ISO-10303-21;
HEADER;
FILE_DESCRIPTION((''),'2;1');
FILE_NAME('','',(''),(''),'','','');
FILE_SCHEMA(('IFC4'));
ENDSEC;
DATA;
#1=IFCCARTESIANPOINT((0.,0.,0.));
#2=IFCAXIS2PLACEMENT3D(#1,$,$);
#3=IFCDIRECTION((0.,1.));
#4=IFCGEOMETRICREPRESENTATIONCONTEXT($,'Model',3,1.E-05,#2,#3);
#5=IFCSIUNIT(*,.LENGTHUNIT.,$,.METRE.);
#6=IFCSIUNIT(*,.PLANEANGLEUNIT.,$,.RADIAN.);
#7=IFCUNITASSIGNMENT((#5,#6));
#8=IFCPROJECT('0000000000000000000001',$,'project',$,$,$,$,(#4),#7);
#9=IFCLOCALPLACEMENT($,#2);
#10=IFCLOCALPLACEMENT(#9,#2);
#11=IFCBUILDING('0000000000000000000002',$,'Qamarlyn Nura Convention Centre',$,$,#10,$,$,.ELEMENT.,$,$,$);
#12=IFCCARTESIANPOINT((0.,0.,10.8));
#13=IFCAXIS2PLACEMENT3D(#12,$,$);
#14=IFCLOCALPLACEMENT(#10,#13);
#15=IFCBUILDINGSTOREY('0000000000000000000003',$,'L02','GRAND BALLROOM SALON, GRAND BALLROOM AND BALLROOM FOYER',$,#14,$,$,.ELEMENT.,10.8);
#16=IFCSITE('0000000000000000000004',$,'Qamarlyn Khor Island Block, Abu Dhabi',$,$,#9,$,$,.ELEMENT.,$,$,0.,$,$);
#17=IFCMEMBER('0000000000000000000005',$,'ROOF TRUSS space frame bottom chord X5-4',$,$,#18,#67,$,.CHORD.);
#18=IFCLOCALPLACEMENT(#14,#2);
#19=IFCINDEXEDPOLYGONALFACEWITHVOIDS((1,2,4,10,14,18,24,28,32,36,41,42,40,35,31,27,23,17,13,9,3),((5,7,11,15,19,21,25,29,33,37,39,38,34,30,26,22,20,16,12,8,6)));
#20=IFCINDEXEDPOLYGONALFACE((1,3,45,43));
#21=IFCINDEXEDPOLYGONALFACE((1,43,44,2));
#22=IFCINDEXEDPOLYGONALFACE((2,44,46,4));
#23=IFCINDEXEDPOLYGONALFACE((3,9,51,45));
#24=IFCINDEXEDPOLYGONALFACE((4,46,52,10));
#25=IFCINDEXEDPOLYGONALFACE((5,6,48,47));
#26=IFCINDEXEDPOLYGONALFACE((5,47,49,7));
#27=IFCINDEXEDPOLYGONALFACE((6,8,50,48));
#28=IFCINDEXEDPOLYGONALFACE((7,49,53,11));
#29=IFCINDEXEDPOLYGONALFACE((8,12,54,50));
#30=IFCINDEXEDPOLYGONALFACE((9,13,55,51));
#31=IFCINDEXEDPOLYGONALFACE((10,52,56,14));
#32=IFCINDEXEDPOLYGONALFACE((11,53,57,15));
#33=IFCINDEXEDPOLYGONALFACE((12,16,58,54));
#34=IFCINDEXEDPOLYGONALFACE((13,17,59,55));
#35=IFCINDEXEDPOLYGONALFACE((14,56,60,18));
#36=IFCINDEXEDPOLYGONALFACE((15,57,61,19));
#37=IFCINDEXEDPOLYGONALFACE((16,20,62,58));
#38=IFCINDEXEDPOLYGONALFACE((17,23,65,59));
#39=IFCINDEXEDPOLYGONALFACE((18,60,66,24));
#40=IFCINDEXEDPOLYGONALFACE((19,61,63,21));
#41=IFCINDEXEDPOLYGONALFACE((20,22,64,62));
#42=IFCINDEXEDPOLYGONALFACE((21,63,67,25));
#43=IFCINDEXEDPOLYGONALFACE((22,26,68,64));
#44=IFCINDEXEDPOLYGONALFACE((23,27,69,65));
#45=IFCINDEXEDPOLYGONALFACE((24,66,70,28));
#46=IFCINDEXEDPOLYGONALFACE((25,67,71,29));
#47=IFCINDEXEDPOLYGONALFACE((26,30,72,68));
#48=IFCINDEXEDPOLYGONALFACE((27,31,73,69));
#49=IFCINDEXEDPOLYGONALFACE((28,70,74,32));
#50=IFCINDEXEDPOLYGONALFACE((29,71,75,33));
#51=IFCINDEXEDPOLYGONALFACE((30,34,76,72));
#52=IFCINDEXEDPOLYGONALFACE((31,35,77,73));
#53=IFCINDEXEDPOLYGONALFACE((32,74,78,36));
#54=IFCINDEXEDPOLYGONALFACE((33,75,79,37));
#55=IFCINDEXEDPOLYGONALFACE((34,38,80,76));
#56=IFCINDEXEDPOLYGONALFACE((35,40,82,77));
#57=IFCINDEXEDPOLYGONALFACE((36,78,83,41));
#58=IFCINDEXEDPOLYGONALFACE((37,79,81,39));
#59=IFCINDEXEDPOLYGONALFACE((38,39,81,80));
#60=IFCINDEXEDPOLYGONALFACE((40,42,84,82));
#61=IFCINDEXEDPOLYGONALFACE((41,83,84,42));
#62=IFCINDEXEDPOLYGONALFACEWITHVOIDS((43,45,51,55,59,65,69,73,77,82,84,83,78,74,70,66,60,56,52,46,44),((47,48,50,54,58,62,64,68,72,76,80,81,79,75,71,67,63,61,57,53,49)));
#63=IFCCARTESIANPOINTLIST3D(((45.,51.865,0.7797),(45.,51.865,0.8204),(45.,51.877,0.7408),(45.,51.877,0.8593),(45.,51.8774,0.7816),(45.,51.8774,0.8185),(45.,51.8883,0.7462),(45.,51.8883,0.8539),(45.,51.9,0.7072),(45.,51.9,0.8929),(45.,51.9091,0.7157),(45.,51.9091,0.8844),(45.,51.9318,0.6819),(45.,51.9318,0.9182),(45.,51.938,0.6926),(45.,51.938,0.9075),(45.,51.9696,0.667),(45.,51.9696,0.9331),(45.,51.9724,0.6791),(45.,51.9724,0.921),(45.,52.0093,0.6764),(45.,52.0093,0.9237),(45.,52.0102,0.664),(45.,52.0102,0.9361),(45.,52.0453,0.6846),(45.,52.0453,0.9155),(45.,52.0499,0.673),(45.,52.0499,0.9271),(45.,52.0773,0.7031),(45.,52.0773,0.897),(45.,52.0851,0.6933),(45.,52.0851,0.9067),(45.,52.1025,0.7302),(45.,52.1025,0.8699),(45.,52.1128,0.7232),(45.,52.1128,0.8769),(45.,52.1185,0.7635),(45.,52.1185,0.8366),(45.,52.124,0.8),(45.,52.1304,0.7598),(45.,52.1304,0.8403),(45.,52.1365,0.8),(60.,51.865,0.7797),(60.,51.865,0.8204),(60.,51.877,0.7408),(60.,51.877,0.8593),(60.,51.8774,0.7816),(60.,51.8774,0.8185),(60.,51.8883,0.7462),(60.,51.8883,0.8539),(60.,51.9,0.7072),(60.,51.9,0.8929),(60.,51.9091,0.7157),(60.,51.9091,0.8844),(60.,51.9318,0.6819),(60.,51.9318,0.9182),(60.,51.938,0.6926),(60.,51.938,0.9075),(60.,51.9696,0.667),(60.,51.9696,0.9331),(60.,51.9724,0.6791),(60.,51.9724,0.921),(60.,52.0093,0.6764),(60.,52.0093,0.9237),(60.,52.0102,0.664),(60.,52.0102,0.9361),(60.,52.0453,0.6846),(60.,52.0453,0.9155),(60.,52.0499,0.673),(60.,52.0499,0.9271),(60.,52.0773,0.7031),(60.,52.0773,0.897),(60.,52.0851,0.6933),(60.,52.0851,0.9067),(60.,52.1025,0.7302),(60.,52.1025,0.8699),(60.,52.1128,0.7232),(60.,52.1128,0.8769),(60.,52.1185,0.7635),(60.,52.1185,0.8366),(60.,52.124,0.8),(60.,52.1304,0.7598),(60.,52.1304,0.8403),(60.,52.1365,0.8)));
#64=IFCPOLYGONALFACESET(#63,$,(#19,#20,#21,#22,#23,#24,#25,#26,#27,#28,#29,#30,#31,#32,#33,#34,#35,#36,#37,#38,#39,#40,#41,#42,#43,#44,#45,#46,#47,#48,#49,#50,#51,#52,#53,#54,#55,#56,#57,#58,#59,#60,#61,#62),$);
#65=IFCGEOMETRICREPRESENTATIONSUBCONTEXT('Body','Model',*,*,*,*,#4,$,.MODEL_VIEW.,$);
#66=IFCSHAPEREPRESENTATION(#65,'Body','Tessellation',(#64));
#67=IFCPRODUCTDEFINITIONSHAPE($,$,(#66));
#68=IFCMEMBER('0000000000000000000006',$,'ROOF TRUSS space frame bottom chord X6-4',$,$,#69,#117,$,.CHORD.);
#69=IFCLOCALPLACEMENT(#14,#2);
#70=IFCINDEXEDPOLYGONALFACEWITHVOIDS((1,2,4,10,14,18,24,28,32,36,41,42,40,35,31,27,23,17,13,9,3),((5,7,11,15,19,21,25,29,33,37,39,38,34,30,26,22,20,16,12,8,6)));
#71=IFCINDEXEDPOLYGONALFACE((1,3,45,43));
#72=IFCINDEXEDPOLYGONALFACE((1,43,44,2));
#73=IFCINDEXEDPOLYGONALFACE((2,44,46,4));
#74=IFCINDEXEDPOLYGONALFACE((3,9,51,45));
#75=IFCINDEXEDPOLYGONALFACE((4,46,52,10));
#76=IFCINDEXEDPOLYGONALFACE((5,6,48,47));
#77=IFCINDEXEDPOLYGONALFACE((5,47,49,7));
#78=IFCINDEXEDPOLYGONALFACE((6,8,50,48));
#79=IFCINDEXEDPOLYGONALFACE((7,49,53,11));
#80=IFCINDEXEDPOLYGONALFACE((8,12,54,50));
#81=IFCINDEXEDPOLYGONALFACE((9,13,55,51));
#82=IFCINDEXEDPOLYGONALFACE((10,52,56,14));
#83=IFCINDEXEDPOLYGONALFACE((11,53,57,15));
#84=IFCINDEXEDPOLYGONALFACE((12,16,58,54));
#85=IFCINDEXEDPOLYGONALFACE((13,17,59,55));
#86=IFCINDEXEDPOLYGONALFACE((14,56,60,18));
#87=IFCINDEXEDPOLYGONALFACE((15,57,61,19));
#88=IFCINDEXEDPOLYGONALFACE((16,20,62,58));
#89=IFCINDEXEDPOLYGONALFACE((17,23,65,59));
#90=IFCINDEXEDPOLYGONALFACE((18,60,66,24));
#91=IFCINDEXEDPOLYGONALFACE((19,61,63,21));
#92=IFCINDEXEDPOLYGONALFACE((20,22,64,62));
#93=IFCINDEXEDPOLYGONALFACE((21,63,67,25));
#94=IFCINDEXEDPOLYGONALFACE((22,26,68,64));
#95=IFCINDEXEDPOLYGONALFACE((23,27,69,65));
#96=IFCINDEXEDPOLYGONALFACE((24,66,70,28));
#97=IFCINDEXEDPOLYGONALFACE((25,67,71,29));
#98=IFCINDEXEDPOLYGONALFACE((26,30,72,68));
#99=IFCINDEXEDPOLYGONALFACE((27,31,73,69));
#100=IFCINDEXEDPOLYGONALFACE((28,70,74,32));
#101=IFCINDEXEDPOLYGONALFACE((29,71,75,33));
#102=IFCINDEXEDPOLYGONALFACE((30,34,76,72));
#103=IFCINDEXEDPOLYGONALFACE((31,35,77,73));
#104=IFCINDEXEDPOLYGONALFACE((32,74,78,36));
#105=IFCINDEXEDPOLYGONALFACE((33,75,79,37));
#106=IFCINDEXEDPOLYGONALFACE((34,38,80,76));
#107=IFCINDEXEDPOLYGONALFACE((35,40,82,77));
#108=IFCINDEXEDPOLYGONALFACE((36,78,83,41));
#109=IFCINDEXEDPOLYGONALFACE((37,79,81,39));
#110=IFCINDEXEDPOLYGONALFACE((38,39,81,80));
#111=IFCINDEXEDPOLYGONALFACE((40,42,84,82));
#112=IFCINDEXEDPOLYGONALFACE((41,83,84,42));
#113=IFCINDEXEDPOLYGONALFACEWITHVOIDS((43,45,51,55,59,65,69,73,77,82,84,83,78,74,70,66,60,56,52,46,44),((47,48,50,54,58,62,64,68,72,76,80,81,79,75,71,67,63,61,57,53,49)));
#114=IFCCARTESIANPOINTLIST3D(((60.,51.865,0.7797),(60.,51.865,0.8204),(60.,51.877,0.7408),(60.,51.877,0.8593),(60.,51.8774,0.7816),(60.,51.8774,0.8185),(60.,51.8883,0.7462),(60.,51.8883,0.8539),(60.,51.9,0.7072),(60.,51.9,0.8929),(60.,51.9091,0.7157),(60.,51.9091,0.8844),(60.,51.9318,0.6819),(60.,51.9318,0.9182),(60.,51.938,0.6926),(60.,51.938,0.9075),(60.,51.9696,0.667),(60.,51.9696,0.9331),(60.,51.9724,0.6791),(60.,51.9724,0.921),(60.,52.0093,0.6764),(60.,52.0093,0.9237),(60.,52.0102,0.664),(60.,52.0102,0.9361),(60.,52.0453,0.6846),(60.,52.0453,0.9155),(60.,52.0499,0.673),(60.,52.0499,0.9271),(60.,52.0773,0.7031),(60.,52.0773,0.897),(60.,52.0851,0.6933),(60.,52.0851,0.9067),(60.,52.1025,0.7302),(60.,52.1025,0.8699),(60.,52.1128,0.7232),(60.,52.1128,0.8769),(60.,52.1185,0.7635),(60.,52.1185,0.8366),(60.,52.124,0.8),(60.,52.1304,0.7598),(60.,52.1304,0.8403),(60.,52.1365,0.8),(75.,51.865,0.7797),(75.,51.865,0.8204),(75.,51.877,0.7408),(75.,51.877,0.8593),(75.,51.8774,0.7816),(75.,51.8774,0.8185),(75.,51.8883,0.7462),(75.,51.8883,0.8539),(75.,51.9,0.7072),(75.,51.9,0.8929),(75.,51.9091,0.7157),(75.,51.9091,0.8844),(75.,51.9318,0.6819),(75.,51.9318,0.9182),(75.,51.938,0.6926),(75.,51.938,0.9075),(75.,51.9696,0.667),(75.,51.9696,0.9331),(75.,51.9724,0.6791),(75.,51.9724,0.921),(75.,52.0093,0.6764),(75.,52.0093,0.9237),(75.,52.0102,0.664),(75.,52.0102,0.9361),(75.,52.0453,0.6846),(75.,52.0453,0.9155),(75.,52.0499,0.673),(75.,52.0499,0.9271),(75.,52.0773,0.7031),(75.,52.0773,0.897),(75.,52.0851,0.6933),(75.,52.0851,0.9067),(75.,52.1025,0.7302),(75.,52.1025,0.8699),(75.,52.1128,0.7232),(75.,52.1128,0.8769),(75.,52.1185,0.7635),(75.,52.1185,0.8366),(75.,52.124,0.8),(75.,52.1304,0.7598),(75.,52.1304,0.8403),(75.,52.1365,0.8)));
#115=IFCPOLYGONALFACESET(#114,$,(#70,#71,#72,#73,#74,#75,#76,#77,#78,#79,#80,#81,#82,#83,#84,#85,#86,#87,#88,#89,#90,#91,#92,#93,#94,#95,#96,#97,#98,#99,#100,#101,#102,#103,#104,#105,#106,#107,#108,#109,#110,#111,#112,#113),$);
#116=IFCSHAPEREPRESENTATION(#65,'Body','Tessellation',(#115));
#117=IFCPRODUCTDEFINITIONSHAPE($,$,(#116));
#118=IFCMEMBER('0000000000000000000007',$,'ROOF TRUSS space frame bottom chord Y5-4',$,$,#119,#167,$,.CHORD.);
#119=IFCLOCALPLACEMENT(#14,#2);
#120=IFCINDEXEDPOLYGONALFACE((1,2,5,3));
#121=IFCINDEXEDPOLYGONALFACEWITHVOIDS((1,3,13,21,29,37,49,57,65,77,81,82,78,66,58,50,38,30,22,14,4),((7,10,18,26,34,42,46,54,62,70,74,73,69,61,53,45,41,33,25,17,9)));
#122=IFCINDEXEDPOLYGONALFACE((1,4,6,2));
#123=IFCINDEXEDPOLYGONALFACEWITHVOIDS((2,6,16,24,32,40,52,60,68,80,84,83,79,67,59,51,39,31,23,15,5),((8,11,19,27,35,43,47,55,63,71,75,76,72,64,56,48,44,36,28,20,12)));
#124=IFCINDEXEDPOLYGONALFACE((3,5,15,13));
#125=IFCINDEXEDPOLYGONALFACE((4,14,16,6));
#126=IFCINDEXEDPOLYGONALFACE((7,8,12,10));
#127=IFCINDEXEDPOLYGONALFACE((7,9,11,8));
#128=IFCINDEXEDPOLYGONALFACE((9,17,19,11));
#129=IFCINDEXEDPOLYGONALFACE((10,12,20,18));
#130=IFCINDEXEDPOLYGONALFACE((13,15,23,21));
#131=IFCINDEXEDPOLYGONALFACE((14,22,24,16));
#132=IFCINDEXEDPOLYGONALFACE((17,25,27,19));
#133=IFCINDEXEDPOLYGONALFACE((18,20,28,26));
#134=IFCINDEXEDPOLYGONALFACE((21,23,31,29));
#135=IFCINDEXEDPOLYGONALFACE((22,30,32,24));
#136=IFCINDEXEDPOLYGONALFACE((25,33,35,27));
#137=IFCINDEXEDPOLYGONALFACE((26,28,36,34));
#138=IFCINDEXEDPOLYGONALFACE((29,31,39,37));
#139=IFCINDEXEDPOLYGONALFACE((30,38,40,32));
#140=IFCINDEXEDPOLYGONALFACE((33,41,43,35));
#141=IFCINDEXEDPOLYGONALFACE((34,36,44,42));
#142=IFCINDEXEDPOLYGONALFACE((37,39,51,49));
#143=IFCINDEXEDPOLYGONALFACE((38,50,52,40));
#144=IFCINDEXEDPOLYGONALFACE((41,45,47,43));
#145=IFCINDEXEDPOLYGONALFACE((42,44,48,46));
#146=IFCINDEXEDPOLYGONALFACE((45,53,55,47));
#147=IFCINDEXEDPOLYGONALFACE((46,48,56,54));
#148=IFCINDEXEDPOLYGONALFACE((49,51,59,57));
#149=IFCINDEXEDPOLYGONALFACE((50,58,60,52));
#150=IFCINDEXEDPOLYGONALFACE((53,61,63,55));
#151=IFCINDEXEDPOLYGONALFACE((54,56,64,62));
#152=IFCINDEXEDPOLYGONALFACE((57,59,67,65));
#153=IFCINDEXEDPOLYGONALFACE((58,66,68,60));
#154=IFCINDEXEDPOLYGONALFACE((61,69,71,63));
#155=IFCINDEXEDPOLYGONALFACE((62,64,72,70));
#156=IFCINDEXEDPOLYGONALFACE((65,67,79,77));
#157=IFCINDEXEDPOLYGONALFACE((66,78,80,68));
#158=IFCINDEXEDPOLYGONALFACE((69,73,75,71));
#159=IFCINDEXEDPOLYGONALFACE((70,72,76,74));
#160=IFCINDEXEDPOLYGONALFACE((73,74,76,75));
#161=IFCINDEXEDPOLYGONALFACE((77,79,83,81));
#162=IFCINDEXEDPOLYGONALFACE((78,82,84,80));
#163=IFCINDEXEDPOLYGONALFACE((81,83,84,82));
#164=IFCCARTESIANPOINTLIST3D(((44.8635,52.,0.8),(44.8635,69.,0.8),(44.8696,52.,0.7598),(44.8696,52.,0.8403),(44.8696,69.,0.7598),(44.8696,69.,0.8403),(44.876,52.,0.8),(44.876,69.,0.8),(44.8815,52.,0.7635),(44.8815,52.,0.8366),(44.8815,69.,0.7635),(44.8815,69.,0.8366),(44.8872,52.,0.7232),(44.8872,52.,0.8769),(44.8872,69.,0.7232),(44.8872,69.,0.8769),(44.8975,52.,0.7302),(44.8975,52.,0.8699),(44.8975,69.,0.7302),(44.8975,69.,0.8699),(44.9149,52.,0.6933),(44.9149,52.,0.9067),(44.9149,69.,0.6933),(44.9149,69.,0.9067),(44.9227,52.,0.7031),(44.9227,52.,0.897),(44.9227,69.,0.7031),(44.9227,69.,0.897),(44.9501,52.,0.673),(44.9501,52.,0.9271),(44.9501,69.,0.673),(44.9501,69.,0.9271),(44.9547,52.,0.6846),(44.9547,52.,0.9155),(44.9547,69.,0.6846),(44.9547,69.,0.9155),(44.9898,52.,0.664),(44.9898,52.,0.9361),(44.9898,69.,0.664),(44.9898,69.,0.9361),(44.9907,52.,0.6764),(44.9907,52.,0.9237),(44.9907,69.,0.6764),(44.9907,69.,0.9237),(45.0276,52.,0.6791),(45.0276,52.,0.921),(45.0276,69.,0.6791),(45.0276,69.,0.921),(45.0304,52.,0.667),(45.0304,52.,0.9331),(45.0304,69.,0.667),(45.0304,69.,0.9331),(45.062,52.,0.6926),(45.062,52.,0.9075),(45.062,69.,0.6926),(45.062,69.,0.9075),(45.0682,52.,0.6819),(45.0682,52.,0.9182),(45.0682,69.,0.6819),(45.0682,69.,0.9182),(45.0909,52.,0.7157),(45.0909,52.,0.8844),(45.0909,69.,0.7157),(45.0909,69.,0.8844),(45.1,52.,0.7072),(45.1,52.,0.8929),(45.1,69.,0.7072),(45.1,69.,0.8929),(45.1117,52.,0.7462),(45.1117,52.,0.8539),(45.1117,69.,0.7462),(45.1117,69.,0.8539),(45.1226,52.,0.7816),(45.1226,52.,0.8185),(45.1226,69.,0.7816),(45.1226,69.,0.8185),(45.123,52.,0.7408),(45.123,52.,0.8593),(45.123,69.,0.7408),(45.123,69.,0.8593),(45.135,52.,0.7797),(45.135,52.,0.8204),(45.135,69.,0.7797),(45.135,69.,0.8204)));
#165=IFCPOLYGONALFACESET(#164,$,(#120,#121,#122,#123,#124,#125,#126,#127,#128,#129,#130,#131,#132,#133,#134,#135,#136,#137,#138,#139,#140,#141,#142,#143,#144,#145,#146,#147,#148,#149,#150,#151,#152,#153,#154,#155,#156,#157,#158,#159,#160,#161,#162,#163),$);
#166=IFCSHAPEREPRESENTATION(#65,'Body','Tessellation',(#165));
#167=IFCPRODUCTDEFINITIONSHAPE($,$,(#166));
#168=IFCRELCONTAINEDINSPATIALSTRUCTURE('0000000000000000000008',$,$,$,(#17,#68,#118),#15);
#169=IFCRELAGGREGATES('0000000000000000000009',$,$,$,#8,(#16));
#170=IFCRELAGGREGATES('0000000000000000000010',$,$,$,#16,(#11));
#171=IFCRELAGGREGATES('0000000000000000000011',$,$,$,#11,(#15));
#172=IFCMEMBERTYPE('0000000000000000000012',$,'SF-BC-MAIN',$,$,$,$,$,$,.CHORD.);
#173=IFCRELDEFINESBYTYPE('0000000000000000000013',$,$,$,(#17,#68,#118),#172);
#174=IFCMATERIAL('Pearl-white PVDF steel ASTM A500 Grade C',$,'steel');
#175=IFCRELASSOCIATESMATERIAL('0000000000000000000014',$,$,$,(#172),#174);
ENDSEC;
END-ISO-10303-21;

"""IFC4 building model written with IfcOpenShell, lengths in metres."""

from ifc_helpers import new_model, si_unit, direction, frame, origin, origin_2d, place, context, subcontext, project, spatial, hollow_circle, extrude, material, material_profile, profile_set, type_object, element, save


model = new_model("IFC4")

# Units and contexts
model_context = context("Model", 3, precision=1e-05, world=origin(), true_north=direction((0.0, 1.0)))
body_context = subcontext(model_context, "Body", "Model", "MODEL_VIEW")
ifc_project = project(units=[si_unit("LENGTHUNIT", "METRE"), si_unit("PLANEANGLEUNIT", "RADIAN")], contexts=[model_context])

# Site, building, storey
site_placement = place(None, origin())
site = spatial("IfcSite", under=ifc_project, at=site_placement, Name="Qamarlyn Khor Island Block, Abu Dhabi", CompositionType="ELEMENT", RefElevation=0.0)
building_placement = place(site_placement, origin())
building = spatial("IfcBuilding", under=site, at=building_placement, Name="Qamarlyn Nura Convention Centre", CompositionType="ELEMENT")
storey_placement = place(building_placement, frame((0.0, 0.0, 10.8)))
storey = spatial("IfcBuildingStorey", under=building, at=storey_placement, Name="L02", Description="GRAND BALLROOM SALON, GRAND BALLROOM AND BALLROOM FOYER", CompositionType="ELEMENT", Elevation=10.8)

# Members
ifc_material_1 = material(Name="Pearl-white PVDF steel ASTM A500 Grade C", Category="steel")
ifc_material_profile_1 = material_profile(ifc_material_1, hollow_circle(Radius=0.1365, WallThickness=0.0125, at=origin_2d()), Name="CHS273X12.5")
ifc_profile_set_1 = profile_set([ifc_material_profile_1], Name="Pearl-white PVDF steel ASTM A500 Grade C")
member_type_1 = type_object("IfcMemberType", Name="SF-BC-MAIN", PredefinedType="CHORD", material=ifc_profile_set_1)
for number, where, z_axis, x_axis, name in (
    (1, (45.0, 52.0, 0.8), (1.0, 0.0, 0.0), (0.0, 1.0, 0.0), "ROOF TRUSS space frame bottom chord X5-4"),
    (2, (60.0, 52.0, 0.8), (1.0, 0.0, 0.0), (0.0, 1.0, 0.0), "ROOF TRUSS space frame bottom chord X6-4"),
):
    element("IfcMember", number, at=place(storey_placement, frame(where, z_axis=z_axis, x_axis=x_axis)), inside=storey, type_object=member_type_1, Name=name, PredefinedType="CHORD", context=body_context, shape_type="SweptSolid", body=[
        extrude(hollow_circle(Radius=0.1365, WallThickness=0.0125, at=origin_2d()), origin(), (0.0, 0.0, 1.0), 15.0),
    ])
for number, where, z_axis, x_axis, name in (
    (3, (45.0, 52.0, 0.8), (0.0, 1.0, 0.0), (-1.0, 0.0, 0.0), "ROOF TRUSS space frame bottom chord Y5-4"),
):
    element("IfcMember", number, at=place(storey_placement, frame(where, z_axis=z_axis, x_axis=x_axis)), inside=storey, type_object=member_type_1, Name=name, PredefinedType="CHORD", context=body_context, shape_type="SweptSolid", body=[
        extrude(hollow_circle(Radius=0.1365, WallThickness=0.0125, at=origin_2d()), origin(), (0.0, 0.0, 1.0), 17.0),
    ])

save(model, "model.ifc")
